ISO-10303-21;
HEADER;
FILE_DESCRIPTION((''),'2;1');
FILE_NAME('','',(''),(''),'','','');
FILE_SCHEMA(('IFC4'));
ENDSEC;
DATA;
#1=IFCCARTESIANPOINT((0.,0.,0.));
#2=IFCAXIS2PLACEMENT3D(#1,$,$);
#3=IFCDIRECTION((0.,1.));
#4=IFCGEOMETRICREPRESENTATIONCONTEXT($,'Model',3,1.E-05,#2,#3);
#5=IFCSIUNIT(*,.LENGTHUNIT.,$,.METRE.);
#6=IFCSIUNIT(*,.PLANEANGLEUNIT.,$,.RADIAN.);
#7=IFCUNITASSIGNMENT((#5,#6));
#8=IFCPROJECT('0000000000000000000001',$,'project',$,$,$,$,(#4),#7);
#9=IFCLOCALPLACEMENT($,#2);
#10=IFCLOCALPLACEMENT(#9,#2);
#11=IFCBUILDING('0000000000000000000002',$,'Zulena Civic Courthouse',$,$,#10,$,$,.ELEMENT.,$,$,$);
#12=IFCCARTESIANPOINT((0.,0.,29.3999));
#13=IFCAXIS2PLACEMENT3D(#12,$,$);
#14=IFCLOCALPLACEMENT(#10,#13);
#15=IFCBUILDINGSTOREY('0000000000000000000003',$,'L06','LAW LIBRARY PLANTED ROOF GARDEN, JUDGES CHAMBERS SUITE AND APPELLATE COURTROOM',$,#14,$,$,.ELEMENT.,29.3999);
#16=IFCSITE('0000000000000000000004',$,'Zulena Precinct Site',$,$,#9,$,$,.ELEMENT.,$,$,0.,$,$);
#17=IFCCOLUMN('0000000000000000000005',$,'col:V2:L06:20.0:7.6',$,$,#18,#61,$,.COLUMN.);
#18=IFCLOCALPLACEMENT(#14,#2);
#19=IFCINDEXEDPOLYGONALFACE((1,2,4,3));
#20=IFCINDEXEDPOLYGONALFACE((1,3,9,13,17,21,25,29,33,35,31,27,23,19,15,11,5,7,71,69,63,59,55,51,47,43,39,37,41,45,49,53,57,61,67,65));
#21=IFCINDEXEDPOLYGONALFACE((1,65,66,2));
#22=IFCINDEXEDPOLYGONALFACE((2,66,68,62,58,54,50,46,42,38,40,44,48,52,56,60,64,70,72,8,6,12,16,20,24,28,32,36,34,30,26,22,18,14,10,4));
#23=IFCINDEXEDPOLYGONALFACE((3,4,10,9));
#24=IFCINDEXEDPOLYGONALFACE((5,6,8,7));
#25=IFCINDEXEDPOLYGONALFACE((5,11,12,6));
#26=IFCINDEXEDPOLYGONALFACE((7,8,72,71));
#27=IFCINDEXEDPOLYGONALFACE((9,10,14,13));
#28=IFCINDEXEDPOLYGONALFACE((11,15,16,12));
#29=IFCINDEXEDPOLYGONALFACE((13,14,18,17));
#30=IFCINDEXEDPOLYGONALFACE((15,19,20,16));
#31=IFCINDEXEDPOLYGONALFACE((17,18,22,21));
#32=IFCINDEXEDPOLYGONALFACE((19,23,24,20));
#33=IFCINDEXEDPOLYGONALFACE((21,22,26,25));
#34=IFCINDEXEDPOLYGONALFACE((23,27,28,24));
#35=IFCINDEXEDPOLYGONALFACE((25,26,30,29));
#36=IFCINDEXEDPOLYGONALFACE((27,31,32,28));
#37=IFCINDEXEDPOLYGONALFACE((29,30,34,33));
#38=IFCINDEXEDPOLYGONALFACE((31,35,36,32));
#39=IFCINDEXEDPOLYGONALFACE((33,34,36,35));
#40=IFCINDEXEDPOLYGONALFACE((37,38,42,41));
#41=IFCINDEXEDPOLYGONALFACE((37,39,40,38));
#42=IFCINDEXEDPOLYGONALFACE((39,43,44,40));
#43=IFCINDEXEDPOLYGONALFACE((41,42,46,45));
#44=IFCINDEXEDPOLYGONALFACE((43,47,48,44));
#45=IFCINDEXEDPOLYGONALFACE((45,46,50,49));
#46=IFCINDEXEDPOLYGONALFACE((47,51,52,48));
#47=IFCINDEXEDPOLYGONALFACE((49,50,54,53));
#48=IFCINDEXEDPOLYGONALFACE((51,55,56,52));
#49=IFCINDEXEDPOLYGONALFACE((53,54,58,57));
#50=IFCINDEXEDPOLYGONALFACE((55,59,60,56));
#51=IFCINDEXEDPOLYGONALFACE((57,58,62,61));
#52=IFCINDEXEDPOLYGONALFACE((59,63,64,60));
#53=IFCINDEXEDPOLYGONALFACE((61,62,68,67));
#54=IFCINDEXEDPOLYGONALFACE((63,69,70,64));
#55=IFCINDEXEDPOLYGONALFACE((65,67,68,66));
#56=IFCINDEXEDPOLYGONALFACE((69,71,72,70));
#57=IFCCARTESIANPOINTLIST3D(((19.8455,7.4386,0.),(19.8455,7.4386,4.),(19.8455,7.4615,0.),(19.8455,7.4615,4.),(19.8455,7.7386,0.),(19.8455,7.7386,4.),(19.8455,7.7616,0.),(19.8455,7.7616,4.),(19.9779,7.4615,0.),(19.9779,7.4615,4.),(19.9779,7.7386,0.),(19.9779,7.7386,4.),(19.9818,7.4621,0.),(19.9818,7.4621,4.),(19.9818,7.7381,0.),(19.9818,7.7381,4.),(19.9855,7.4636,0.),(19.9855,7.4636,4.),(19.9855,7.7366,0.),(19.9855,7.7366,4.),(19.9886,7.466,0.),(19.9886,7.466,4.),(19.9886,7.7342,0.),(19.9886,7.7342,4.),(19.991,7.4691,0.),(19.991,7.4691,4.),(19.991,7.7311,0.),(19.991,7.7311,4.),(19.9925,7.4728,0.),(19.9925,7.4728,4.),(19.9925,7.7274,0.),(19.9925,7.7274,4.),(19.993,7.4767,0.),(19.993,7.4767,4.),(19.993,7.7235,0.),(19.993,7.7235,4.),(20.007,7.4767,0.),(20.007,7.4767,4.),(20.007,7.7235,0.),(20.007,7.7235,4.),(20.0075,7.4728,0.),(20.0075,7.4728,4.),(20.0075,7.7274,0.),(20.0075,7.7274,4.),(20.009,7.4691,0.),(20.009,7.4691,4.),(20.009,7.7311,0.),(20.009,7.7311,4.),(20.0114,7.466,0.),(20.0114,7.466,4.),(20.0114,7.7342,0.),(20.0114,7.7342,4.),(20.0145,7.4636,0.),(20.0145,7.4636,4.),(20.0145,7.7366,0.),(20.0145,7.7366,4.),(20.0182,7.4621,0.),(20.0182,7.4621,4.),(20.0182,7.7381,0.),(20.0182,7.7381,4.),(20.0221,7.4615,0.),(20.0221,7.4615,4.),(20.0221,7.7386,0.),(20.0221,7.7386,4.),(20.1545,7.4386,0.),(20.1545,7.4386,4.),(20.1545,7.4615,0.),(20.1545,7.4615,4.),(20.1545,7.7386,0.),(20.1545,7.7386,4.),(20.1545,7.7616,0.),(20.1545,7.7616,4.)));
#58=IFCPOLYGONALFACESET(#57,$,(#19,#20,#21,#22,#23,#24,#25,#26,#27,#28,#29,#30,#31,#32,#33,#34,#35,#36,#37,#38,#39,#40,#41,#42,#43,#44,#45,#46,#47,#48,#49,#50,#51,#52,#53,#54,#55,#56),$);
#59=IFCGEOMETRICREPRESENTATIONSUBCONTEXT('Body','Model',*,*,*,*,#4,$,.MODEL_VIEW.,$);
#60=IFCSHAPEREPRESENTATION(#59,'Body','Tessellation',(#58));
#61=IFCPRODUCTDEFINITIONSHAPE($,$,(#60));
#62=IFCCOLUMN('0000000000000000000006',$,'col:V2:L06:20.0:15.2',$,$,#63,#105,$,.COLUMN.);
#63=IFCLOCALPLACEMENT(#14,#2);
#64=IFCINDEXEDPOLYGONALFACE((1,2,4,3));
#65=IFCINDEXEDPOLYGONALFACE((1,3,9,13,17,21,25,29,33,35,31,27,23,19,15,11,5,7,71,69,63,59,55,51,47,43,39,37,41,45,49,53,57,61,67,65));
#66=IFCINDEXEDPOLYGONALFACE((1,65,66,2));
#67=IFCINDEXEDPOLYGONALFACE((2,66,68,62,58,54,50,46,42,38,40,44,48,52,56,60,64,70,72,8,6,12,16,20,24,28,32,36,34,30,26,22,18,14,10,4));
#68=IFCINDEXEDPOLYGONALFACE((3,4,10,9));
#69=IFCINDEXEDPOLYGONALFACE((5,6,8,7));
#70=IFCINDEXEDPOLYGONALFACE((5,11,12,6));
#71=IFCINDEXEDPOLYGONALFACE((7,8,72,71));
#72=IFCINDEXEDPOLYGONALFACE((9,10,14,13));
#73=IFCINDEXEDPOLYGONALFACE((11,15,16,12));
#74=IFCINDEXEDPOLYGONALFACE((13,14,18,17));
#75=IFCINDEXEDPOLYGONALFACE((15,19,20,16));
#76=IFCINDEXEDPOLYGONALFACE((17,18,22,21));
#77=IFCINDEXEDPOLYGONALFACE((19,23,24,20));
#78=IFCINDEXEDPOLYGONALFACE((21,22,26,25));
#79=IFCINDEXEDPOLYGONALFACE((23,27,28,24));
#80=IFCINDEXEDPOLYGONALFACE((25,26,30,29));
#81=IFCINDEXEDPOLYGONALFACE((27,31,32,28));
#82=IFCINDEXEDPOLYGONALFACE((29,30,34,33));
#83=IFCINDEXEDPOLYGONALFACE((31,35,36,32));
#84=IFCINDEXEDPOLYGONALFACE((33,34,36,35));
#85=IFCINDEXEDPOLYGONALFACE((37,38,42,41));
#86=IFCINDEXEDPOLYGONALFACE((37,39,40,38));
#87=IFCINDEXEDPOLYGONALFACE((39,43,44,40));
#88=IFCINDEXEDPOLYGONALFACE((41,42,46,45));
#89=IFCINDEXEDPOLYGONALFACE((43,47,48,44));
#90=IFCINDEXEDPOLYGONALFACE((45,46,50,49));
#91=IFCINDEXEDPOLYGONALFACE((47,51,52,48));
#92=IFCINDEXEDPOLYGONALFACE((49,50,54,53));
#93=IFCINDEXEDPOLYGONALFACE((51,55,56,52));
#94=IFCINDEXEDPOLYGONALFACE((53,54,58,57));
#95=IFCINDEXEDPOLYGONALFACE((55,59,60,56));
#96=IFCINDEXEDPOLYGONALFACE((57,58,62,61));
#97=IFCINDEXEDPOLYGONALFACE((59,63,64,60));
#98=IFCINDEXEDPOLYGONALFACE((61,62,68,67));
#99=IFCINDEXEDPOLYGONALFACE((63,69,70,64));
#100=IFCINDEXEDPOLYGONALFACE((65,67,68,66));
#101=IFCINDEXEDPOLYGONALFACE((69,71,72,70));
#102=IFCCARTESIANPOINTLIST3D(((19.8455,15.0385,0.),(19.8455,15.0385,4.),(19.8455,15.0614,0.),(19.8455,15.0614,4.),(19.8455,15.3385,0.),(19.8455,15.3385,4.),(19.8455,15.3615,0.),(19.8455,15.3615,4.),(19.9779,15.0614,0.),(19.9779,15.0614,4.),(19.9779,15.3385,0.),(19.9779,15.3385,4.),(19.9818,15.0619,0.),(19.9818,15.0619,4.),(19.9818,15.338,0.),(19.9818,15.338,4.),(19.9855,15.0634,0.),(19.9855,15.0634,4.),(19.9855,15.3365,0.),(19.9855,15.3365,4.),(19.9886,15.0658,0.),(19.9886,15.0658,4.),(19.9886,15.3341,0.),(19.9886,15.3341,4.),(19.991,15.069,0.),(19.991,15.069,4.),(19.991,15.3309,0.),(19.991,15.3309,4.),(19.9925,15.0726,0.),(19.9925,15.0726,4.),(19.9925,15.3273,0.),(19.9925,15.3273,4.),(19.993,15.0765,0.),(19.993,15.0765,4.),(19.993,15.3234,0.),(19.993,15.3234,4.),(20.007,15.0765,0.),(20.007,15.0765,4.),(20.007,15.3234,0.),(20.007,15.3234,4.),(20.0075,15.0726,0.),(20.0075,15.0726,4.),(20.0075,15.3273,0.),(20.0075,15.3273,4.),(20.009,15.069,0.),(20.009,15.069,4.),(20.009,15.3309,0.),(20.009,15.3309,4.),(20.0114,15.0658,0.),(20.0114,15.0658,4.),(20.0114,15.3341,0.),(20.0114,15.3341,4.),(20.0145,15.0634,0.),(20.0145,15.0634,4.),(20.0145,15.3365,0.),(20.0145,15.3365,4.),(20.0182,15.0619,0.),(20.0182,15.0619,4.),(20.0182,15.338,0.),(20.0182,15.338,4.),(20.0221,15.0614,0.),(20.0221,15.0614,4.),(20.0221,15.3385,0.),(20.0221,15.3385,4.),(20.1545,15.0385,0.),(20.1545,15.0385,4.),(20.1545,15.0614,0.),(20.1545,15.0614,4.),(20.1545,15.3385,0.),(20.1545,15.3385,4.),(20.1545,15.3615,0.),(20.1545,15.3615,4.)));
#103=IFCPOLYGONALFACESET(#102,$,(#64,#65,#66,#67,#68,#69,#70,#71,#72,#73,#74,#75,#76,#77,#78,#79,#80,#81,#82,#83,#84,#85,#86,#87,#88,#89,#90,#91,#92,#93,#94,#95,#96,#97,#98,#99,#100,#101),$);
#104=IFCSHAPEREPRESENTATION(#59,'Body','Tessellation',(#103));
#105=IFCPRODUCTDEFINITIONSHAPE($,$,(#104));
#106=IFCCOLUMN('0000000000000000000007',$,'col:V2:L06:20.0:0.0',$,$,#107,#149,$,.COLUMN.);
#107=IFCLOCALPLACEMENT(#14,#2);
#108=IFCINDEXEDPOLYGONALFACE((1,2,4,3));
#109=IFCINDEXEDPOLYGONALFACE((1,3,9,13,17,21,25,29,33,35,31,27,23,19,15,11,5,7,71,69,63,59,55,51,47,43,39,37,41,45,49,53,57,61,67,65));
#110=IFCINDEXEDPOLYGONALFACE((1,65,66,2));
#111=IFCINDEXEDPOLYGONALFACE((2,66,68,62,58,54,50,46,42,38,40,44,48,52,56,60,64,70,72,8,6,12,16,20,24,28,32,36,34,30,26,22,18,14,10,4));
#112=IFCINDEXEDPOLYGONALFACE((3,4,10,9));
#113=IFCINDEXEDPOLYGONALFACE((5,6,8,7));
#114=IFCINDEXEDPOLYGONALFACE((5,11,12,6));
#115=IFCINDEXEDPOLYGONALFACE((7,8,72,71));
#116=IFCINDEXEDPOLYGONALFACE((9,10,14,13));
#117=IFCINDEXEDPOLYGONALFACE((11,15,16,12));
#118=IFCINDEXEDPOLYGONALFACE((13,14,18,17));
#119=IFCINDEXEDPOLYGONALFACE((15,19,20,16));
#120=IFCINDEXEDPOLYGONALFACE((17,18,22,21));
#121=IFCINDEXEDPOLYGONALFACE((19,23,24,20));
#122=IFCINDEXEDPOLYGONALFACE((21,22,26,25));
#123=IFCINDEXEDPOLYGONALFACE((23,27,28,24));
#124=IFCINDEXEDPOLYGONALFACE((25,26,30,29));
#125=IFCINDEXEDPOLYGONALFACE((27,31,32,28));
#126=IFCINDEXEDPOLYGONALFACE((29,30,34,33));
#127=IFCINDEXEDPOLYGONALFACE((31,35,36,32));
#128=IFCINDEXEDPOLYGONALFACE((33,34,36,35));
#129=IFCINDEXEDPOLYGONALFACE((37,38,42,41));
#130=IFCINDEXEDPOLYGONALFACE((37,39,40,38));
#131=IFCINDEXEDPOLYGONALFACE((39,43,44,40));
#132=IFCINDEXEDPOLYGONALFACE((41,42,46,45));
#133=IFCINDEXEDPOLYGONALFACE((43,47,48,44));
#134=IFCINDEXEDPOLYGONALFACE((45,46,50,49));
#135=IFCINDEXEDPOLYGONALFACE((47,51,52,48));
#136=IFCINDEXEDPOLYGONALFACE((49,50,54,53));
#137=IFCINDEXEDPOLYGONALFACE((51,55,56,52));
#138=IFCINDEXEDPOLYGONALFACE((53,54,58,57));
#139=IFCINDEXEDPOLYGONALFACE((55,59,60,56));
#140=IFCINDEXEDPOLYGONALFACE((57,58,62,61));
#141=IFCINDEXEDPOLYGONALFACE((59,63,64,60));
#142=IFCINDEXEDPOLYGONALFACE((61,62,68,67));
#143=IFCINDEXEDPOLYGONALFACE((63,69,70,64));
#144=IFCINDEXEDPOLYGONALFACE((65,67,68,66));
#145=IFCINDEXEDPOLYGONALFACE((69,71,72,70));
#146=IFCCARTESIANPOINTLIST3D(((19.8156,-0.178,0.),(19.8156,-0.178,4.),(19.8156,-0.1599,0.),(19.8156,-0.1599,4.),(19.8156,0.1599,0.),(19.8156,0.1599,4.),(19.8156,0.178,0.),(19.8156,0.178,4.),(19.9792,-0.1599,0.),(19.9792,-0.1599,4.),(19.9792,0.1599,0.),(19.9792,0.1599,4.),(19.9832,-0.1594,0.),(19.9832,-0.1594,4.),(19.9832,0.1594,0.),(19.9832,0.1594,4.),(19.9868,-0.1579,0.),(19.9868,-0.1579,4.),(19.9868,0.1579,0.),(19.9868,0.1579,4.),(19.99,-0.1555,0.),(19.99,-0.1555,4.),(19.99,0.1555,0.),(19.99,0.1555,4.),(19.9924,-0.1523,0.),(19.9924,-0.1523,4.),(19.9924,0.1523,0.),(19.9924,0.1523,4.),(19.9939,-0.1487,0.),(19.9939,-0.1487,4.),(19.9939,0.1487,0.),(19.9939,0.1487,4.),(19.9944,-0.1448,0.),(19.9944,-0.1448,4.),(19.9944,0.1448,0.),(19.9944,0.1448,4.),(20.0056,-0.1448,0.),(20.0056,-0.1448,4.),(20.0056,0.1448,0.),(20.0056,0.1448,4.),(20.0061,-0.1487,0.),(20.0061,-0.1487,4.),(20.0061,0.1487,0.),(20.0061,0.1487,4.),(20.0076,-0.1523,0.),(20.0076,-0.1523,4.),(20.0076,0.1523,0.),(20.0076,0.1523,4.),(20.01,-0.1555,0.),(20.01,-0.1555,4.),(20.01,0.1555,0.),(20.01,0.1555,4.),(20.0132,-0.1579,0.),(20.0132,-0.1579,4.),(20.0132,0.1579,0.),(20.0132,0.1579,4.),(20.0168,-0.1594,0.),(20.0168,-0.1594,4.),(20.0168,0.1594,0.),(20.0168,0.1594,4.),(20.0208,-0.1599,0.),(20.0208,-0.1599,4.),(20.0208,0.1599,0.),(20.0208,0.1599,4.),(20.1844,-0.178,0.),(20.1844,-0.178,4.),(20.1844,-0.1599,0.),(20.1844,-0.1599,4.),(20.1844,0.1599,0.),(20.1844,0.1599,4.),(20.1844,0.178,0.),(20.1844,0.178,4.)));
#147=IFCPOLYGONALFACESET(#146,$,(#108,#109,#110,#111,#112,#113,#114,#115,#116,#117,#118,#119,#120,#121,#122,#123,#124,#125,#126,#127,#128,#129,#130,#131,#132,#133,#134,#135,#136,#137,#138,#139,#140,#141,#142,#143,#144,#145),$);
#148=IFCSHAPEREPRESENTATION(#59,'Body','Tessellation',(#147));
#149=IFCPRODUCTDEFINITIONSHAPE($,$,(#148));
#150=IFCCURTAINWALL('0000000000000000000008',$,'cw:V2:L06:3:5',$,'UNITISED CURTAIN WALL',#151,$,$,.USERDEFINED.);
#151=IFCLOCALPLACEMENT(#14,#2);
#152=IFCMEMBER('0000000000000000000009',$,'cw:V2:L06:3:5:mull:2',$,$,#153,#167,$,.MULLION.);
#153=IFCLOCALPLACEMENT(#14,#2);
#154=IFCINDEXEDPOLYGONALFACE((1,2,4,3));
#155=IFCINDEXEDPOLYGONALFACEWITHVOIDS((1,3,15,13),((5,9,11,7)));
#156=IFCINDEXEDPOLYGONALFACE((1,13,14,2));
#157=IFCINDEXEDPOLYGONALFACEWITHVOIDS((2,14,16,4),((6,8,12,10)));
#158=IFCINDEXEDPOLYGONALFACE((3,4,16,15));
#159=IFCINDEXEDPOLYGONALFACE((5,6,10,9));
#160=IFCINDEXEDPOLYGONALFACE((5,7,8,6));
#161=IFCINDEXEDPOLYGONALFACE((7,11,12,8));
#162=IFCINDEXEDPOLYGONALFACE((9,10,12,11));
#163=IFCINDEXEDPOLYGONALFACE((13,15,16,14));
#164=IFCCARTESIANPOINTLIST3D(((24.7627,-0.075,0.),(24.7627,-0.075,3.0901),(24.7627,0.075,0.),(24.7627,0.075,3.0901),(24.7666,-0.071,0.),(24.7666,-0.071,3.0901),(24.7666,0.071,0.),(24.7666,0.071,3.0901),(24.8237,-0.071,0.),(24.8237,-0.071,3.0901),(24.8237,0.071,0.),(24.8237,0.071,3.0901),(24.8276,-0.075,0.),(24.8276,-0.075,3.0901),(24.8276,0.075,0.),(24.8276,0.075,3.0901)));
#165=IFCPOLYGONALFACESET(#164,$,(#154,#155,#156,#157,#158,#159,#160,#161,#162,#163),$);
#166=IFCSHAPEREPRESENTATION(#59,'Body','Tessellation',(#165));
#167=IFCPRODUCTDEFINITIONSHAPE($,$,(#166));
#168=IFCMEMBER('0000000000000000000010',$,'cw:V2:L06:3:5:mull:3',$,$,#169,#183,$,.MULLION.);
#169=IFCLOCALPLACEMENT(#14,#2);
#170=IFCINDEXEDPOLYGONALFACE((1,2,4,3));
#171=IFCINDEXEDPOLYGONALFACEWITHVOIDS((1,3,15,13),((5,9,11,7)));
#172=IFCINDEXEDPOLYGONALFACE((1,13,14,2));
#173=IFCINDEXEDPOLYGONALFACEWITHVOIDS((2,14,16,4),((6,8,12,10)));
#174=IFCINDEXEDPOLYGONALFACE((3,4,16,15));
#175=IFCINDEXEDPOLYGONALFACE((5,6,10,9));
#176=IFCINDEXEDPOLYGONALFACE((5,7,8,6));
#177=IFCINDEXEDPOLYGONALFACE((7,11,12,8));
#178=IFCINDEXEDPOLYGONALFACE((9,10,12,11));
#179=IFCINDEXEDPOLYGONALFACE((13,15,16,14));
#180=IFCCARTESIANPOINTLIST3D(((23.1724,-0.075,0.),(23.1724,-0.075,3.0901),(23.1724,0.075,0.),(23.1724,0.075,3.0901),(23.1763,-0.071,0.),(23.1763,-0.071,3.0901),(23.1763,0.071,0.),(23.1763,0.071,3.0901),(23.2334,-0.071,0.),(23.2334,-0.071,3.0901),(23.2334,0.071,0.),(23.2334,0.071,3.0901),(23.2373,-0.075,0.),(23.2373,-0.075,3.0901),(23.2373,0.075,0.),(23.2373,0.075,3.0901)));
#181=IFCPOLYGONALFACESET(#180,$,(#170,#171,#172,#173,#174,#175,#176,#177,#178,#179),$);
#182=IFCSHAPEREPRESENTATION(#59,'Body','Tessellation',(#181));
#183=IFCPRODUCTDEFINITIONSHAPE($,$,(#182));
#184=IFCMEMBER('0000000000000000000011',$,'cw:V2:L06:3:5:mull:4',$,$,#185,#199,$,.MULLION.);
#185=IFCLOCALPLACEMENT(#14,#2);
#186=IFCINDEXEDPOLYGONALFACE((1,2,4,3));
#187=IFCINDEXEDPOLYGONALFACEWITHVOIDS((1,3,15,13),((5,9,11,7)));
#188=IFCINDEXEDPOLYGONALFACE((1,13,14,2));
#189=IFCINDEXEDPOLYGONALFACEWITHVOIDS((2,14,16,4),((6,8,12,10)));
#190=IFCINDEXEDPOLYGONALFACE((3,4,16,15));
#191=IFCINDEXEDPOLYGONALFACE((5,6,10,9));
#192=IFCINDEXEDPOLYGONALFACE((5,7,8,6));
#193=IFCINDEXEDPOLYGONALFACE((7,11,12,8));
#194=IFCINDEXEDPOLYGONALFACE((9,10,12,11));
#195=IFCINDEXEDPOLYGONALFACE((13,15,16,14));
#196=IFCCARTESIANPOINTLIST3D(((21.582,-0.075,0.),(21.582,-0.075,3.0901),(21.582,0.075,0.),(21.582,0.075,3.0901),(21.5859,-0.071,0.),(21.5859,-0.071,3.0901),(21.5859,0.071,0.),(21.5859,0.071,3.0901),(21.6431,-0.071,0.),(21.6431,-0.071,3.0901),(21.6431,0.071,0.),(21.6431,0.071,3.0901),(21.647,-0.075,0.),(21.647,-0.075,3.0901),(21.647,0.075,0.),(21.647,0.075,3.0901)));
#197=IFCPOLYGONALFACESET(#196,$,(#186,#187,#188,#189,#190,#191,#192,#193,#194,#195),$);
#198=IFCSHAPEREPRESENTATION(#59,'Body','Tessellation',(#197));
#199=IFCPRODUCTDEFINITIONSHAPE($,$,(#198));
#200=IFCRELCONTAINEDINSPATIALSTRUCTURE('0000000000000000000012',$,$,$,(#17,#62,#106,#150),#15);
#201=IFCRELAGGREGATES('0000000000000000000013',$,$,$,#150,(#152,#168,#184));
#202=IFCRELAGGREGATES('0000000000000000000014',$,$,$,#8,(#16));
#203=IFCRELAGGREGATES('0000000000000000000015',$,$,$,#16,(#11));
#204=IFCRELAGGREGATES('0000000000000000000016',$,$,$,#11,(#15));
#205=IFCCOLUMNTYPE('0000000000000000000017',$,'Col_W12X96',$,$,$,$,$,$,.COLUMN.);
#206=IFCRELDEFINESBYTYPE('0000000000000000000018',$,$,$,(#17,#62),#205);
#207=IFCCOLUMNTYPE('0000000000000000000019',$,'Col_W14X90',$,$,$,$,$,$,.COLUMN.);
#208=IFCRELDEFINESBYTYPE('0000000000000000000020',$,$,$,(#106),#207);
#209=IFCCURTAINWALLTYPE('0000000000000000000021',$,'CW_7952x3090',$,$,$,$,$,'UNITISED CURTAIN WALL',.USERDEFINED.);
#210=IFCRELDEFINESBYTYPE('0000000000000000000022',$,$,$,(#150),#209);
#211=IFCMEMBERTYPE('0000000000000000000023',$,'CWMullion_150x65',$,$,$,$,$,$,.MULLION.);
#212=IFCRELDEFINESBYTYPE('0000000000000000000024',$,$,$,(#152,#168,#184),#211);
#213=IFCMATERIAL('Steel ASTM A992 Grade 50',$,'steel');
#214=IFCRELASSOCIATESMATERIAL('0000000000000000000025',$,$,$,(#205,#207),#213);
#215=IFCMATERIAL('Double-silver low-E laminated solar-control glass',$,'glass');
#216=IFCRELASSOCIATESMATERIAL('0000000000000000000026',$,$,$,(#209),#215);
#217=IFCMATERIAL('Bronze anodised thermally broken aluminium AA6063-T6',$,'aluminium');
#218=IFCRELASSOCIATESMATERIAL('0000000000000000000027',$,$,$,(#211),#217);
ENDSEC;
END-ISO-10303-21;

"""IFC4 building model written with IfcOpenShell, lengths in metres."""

from ifc_helpers import new_model, si_unit, direction, frame, origin, origin_2d, place, context, subcontext, project, spatial, hollow_rectangle, i_section, extrude, material, material_profile, profile_set, type_object, element, aggregate, save


model = new_model("IFC4")

# Units and contexts
model_context = context("Model", 3, precision=1e-05, world=origin(), true_north=direction((0.0, 1.0)))
body_context = subcontext(model_context, "Body", "Model", "MODEL_VIEW")
ifc_project = project(units=[si_unit("LENGTHUNIT", "METRE"), si_unit("PLANEANGLEUNIT", "RADIAN")], contexts=[model_context])

# Site, building, storey
site_placement = place(None, origin())
site = spatial("IfcSite", under=ifc_project, at=site_placement, Name="Zulena Precinct Site", CompositionType="ELEMENT", RefElevation=0.0)
building_placement = place(site_placement, origin())
building = spatial("IfcBuilding", under=site, at=building_placement, Name="Zulena Civic Courthouse", CompositionType="ELEMENT")
storey_placement = place(building_placement, frame((0.0, 0.0, 29.3999)))
storey = spatial("IfcBuildingStorey", under=building, at=storey_placement, Name="L06", Description="LAW LIBRARY PLANTED ROOF GARDEN, JUDGES CHAMBERS SUITE AND APPELLATE COURTROOM", CompositionType="ELEMENT", Elevation=29.3999)

# Columns
ifc_material_1 = material(Name="Steel ASTM A992 Grade 50", Category="steel")
ifc_material_profile_1 = material_profile(ifc_material_1, i_section(OverallWidth=0.3091, OverallDepth=0.323, WebThickness=0.0139, FlangeThickness=0.0229, FilletRadius=0.0151, at=origin_2d()), Name="W12X96")
ifc_profile_set_1 = profile_set([ifc_material_profile_1], Name="Steel ASTM A992 Grade 50")
column_type_1 = type_object("IfcColumnType", Name="Col_W12X96", PredefinedType="COLUMN", material=ifc_profile_set_1)
for number, where, z_axis, x_axis, name in (
    (1, (20.0, 7.6001, 0.0), (0.0, 0.0, 1.0), (1.0, 0.0, 0.0), "col:V2:L06:20.0:7.6"),
    (2, (20.0, 15.2, 0.0), (0.0, 0.0, 1.0), (1.0, 0.0, 0.0), "col:V2:L06:20.0:15.2"),
):
    element("IfcColumn", number, at=place(storey_placement, frame(where, z_axis=z_axis, x_axis=x_axis)), inside=storey, type_object=column_type_1, Name=name, PredefinedType="COLUMN", context=body_context, shape_type="SweptSolid", body=[
        extrude(i_section(OverallWidth=0.3091, OverallDepth=0.323, WebThickness=0.0139, FlangeThickness=0.0229, FilletRadius=0.0151, at=origin_2d()), origin(), (0.0, 0.0, 1.0), 4.0),
    ])
ifc_material_profile_2 = material_profile(ifc_material_1, i_section(OverallWidth=0.3689, OverallDepth=0.356, WebThickness=0.0112, FlangeThickness=0.0181, FilletRadius=0.0151, at=origin_2d()), Name="W14X90")
ifc_profile_set_2 = profile_set([ifc_material_profile_2], Name="Steel ASTM A992 Grade 50")
column_type_2 = type_object("IfcColumnType", Name="Col_W14X90", PredefinedType="COLUMN", material=ifc_profile_set_2)
column_placement = place(storey_placement, frame((20.0, 0.0, 0.0), z_axis=(0.0, 0.0, 1.0), x_axis=(1.0, 0.0, 0.0)))
element("IfcColumn", 3, at=column_placement, inside=storey, type_object=column_type_2, Name="col:V2:L06:20.0:0.0", PredefinedType="COLUMN", context=body_context, shape_type="SweptSolid", body=[
    extrude(i_section(OverallWidth=0.3689, OverallDepth=0.356, WebThickness=0.0112, FlangeThickness=0.0181, FilletRadius=0.0151, at=origin_2d()), origin(), (0.0, 0.0, 1.0), 4.0),
])

# Curtain wall, members
ifc_material_2 = material(Name="Double-silver low-E laminated solar-control glass", Category="glass")
curtain_wall_type = type_object("IfcCurtainWallType", Name="CW_7952x3090", ElementType="UNITISED CURTAIN WALL", PredefinedType="USERDEFINED", material=ifc_material_2)
curtain_wall_1_placement = place(storey_placement, origin())
curtain_wall_1 = element("IfcCurtainWall", 4, at=curtain_wall_1_placement, inside=storey, type_object=curtain_wall_type, Name="cw:V2:L06:3:5", ObjectType="UNITISED CURTAIN WALL", PredefinedType="USERDEFINED")
ifc_material_3 = material(Name="Bronze anodised thermally broken aluminium AA6063-T6", Category="aluminium")
ifc_material_profile_3 = material_profile(ifc_material_3, hollow_rectangle(XDim=0.0649, YDim=0.1499, WallThickness=0.0039, at=origin_2d()), Name="CWM150X65X4")
ifc_profile_set_3 = profile_set([ifc_material_profile_3], Name="Bronze anodised thermally broken aluminium AA6063-T6")
member_type_1 = type_object("IfcMemberType", Name="CWMullion_150x65", PredefinedType="MULLION", material=ifc_profile_set_3)
member_1_placement = place(storey_placement, frame((24.7952, 0.0, 0.0), z_axis=(0.0, 0.0, 1.0), x_axis=(1.0, 0.0, 0.0)))
member_1 = element("IfcMember", 5, at=member_1_placement, type_object=member_type_1, Name="cw:V2:L06:3:5:mull:2", PredefinedType="MULLION", context=body_context, shape_type="SweptSolid", body=[
    extrude(hollow_rectangle(XDim=0.0649, YDim=0.1499, WallThickness=0.0039, at=origin_2d()), origin(), (0.0, 0.0, 1.0), 3.0901),
])
member_2_placement = place(storey_placement, frame((23.2048, 0.0, 0.0), z_axis=(0.0, 0.0, 1.0), x_axis=(1.0, 0.0, 0.0)))
member_2 = element("IfcMember", 6, at=member_2_placement, type_object=member_type_1, Name="cw:V2:L06:3:5:mull:3", PredefinedType="MULLION", context=body_context, shape_type="SweptSolid", body=[
    extrude(hollow_rectangle(XDim=0.0649, YDim=0.1499, WallThickness=0.0039, at=origin_2d()), origin(), (0.0, 0.0, 1.0), 3.0901),
])
member_3_placement = place(storey_placement, frame((21.6145, 0.0, 0.0), z_axis=(0.0, 0.0, 1.0), x_axis=(1.0, 0.0, 0.0)))
member_3 = element("IfcMember", 7, at=member_3_placement, type_object=member_type_1, Name="cw:V2:L06:3:5:mull:4", PredefinedType="MULLION", context=body_context, shape_type="SweptSolid", body=[
    extrude(hollow_rectangle(XDim=0.0649, YDim=0.1499, WallThickness=0.0039, at=origin_2d()), origin(), (0.0, 0.0, 1.0), 3.0901),
])

aggregate(curtain_wall_1, [member_1, member_2, member_3])

save(model, "model.ifc")
